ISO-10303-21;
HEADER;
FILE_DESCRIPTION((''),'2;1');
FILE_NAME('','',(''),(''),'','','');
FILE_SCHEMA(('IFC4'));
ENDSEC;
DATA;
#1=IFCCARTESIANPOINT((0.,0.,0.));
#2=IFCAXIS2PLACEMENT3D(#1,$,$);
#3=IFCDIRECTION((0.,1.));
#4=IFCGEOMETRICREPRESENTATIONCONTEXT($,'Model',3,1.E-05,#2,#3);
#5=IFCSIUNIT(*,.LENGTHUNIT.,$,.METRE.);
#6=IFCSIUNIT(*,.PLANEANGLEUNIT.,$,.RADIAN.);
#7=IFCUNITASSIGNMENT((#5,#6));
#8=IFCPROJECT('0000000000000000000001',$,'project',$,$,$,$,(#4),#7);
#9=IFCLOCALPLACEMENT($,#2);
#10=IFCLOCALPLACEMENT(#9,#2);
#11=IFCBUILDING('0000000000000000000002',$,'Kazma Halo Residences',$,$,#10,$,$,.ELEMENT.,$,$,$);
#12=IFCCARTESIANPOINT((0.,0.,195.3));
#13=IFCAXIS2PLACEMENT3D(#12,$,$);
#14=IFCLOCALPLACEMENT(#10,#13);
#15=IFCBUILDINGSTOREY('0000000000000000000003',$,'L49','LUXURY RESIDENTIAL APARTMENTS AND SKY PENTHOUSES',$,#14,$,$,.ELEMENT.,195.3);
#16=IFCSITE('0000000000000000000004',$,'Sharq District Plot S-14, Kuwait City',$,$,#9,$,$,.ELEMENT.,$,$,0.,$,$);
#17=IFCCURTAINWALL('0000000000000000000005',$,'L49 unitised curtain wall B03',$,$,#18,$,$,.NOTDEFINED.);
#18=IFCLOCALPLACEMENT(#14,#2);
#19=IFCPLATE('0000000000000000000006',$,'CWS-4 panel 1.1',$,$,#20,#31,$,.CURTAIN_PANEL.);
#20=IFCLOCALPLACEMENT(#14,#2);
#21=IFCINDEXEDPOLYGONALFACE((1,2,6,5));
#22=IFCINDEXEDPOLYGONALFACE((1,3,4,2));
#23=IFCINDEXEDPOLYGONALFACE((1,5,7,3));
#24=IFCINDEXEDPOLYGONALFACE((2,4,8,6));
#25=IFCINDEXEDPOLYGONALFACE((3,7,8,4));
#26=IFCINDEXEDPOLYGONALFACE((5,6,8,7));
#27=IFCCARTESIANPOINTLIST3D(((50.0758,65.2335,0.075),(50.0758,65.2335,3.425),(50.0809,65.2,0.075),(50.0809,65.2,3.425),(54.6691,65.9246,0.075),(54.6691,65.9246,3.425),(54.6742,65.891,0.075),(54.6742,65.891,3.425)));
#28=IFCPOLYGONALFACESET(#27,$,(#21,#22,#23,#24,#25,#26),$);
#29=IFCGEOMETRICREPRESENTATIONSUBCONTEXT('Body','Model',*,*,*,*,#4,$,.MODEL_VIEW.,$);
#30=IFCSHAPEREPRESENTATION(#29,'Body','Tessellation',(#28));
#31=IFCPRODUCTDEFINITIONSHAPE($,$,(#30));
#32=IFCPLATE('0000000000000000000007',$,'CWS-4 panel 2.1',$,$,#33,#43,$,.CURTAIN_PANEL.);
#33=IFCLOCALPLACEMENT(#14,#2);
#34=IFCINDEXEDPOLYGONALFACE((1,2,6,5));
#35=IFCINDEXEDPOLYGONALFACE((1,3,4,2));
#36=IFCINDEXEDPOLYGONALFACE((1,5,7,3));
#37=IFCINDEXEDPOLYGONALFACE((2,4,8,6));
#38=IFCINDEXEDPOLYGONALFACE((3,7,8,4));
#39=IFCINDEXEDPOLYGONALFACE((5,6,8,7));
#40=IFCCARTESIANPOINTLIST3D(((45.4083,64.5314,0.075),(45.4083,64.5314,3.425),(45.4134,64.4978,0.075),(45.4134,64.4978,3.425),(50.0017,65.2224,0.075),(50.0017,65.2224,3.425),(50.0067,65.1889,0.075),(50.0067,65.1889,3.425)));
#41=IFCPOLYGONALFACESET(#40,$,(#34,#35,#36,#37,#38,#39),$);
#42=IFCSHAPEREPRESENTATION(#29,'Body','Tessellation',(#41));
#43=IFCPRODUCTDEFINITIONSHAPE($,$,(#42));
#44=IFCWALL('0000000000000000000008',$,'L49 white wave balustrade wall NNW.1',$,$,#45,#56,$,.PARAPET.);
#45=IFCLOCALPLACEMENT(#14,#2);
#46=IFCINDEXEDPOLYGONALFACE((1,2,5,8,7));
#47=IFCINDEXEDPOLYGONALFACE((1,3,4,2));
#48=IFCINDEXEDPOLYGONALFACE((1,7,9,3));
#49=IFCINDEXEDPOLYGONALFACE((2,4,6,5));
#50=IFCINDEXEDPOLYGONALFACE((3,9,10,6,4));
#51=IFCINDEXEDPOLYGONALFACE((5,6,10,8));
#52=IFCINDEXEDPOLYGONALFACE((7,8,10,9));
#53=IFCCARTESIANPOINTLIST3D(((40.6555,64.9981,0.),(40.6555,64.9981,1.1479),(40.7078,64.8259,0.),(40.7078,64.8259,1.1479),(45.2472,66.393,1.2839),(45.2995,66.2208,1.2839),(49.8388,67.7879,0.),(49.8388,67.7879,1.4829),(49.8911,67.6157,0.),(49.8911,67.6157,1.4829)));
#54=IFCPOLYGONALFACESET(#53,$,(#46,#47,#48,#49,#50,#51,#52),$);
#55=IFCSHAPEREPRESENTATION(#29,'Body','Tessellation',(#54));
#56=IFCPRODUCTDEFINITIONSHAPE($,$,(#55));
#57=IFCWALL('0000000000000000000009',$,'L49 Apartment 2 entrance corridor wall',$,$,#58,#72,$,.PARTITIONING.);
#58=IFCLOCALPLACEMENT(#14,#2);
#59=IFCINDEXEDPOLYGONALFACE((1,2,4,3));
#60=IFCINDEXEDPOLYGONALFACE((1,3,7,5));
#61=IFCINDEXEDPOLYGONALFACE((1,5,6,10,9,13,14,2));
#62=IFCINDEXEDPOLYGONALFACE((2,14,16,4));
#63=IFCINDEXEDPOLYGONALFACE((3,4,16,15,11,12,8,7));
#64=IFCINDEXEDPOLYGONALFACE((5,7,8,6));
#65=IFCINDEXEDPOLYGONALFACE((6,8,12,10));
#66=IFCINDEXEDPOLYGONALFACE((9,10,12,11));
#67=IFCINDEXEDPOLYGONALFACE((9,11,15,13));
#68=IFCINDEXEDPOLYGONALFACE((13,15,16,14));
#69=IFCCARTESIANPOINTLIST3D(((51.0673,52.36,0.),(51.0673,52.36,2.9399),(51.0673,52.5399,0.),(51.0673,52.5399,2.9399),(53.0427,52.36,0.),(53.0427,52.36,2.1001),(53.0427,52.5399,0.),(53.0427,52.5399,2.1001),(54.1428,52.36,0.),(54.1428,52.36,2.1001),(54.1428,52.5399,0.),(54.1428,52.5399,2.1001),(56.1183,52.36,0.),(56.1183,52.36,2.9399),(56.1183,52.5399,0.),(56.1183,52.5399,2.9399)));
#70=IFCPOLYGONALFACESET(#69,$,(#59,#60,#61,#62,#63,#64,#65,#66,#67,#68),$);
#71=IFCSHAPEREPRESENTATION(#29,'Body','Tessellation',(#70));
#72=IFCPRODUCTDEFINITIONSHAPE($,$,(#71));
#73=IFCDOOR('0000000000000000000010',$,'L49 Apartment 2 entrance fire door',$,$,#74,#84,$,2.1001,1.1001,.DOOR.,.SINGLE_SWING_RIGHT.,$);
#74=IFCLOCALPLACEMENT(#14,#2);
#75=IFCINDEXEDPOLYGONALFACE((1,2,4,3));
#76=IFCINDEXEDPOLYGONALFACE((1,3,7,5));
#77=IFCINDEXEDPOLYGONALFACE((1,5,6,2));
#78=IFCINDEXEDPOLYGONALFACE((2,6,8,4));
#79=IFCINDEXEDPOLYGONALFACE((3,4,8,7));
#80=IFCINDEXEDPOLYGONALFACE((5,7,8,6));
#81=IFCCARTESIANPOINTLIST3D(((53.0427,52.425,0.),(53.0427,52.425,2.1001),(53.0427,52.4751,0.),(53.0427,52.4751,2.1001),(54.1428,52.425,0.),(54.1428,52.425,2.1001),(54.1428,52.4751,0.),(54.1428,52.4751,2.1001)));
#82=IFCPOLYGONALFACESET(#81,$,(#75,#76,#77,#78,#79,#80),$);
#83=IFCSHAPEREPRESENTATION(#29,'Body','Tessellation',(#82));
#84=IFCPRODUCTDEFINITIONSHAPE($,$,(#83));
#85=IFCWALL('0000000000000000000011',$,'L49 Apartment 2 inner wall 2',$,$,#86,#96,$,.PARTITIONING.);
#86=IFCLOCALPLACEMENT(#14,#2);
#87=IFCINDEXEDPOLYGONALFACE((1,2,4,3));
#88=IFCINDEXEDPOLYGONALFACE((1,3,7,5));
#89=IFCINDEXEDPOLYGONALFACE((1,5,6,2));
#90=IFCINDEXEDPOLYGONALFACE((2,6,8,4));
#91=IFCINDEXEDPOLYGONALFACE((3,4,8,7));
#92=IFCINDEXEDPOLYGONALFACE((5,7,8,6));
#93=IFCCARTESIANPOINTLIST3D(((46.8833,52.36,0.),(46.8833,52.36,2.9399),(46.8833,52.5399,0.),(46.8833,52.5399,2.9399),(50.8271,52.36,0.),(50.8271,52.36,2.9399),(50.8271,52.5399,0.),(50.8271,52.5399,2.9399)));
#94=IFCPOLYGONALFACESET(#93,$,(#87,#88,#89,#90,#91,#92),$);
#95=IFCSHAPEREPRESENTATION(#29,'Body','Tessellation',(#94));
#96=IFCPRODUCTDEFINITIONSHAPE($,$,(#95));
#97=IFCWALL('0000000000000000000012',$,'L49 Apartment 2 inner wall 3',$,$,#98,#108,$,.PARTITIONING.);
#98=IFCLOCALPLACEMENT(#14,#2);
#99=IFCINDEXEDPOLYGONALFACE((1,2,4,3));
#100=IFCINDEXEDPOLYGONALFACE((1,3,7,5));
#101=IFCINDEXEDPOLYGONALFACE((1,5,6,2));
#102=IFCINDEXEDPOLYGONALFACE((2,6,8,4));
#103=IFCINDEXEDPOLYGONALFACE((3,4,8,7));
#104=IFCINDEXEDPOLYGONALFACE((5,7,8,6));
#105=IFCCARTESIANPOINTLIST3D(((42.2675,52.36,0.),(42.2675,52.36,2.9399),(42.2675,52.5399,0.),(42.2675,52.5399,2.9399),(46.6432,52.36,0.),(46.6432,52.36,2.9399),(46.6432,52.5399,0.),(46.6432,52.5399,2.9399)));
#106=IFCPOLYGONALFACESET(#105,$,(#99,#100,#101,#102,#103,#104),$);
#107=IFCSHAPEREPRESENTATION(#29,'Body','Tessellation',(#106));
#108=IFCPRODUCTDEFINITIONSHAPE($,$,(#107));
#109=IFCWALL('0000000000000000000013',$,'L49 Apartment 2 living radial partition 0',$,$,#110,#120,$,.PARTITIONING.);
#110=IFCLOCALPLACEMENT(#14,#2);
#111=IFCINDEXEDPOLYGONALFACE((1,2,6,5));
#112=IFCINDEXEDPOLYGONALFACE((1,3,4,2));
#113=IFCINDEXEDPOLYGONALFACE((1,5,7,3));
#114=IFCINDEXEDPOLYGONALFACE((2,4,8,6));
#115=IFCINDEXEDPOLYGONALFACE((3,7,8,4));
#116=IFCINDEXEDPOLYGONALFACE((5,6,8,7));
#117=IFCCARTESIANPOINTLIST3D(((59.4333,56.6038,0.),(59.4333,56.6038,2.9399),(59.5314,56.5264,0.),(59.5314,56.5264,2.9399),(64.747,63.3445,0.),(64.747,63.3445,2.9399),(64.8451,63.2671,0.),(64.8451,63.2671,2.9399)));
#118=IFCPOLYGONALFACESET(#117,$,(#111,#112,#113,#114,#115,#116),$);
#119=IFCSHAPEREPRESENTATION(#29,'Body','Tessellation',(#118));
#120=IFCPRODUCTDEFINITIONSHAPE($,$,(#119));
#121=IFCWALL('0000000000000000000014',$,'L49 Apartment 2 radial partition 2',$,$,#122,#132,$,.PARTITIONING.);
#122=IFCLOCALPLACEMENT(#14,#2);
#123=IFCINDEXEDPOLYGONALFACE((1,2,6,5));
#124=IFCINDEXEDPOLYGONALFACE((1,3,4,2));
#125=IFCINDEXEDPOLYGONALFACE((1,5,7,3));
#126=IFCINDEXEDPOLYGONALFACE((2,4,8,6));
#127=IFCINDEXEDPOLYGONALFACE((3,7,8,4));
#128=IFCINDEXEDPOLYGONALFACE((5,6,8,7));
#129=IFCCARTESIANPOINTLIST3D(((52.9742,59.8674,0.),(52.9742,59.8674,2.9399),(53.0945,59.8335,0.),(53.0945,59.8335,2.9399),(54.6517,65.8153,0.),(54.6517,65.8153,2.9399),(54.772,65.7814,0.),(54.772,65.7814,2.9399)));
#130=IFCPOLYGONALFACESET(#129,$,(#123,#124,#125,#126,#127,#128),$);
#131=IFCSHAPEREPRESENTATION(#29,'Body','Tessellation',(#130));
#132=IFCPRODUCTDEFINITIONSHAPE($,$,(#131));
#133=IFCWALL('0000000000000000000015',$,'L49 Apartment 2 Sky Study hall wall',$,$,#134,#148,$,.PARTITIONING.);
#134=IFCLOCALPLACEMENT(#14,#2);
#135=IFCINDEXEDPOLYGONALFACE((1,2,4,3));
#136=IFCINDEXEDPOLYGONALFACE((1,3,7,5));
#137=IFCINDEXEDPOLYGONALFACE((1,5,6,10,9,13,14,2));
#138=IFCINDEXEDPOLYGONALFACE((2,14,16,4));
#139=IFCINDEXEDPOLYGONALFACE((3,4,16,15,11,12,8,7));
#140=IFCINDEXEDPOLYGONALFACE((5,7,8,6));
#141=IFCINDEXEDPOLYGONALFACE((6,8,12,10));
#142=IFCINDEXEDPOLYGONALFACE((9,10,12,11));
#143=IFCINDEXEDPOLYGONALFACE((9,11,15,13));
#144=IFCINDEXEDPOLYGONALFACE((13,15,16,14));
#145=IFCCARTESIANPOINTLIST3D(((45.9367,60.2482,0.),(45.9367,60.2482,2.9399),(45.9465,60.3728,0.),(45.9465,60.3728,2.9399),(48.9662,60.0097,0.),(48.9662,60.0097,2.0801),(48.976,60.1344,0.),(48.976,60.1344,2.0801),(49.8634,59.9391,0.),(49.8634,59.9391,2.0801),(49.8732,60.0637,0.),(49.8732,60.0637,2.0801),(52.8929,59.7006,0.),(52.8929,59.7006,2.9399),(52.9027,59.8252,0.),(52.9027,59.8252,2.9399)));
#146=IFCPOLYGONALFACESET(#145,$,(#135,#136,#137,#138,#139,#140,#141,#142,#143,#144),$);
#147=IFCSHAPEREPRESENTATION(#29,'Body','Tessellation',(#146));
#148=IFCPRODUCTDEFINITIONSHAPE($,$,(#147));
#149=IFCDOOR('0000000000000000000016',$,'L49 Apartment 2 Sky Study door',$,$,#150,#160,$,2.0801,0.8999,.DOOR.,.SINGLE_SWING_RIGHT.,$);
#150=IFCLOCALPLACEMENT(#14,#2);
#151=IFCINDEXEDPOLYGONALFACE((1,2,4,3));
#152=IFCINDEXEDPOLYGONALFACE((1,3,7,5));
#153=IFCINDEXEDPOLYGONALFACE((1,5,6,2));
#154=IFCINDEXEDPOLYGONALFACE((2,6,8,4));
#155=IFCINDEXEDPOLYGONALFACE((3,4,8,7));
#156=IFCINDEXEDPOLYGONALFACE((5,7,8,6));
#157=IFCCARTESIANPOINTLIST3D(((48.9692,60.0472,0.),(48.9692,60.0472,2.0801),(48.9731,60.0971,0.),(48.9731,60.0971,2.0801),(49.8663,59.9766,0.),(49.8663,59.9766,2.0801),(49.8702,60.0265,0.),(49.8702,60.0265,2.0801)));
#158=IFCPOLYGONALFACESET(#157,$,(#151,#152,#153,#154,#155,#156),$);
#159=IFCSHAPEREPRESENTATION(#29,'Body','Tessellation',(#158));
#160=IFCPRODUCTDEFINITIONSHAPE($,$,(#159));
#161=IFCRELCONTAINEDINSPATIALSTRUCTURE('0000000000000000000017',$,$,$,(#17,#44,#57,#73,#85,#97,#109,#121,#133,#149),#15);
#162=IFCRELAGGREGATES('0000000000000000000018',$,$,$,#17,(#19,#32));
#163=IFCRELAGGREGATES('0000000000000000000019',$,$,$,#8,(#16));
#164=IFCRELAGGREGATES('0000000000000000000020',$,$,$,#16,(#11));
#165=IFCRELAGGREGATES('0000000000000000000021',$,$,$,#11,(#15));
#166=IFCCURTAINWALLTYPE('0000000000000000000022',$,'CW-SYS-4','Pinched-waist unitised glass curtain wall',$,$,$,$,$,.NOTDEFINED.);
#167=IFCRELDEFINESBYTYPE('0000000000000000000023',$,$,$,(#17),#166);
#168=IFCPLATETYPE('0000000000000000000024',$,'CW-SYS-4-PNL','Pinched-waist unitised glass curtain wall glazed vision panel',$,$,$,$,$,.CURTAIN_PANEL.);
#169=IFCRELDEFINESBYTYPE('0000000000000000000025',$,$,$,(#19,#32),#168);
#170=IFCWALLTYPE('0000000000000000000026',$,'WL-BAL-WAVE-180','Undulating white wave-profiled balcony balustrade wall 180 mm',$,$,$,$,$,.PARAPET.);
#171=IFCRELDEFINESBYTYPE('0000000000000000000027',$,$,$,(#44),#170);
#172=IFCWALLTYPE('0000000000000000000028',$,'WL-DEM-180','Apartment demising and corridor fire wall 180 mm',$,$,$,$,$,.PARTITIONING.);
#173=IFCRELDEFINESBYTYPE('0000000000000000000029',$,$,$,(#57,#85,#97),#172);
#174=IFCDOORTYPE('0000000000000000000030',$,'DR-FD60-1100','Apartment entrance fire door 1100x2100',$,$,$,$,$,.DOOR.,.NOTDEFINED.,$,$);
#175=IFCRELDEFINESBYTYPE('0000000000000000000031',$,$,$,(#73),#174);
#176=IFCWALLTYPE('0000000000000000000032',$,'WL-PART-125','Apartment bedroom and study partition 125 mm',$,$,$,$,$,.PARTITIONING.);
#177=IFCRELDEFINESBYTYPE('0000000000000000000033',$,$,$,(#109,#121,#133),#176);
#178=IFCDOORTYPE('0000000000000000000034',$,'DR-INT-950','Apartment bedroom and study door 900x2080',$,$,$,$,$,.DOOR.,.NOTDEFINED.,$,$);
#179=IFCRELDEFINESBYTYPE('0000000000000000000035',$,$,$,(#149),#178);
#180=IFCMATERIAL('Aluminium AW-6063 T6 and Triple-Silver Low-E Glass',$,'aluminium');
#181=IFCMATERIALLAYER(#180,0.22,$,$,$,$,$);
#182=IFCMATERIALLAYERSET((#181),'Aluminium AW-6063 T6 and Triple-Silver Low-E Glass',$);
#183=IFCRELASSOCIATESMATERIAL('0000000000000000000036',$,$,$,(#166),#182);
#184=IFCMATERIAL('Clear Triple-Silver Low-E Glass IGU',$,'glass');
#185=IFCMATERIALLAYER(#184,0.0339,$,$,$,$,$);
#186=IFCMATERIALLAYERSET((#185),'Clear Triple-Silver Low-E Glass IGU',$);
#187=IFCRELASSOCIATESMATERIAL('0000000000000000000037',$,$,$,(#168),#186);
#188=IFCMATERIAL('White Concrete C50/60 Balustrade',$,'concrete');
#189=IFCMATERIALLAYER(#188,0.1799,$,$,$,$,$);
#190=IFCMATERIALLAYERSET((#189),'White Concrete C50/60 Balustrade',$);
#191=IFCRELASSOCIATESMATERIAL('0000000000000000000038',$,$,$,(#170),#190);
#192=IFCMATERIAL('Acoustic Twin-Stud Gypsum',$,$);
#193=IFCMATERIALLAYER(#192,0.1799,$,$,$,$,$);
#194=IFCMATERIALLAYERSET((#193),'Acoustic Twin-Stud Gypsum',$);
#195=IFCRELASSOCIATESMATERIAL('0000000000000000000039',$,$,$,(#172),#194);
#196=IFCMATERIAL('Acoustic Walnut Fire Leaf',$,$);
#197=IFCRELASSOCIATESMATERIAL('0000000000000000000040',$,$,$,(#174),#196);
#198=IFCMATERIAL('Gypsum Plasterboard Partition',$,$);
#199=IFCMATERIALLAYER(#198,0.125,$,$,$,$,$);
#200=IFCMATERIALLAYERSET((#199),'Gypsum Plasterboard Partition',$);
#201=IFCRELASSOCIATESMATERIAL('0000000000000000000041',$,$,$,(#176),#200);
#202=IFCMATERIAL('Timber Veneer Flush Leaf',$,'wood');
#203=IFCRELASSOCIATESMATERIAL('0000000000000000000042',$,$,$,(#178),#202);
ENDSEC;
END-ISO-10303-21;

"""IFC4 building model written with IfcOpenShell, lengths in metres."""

from ifc_helpers import new_model, si_unit, direction, frame, frame_2d, origin, origin_2d, place, context, subcontext, project, spatial, polyline, rectangle, outline, extrude, material, layer, layer_set, type_object, element, fill, aggregate, save


model = new_model("IFC4")

# Units and contexts
model_context = context("Model", 3, precision=1e-05, world=origin(), true_north=direction((0.0, 1.0)))
body_context = subcontext(model_context, "Body", "Model", "MODEL_VIEW")
ifc_project = project(units=[si_unit("LENGTHUNIT", "METRE"), si_unit("PLANEANGLEUNIT", "RADIAN")], contexts=[model_context])

# Site, building, storey
site_placement = place(None, origin())
site = spatial("IfcSite", under=ifc_project, at=site_placement, Name="Sharq District Plot S-14, Kuwait City", CompositionType="ELEMENT", RefElevation=0.0)
building_placement = place(site_placement, origin())
building = spatial("IfcBuilding", under=site, at=building_placement, Name="Kazma Halo Residences", CompositionType="ELEMENT")
storey_placement = place(building_placement, frame((0.0, 0.0, 195.3)))
storey = spatial("IfcBuildingStorey", under=building, at=storey_placement, Name="L49", Description="LUXURY RESIDENTIAL APARTMENTS AND SKY PENTHOUSES", CompositionType="ELEMENT", Elevation=195.3)

# Curtain wall, plates
ifc_material_1 = material(Name="Aluminium AW-6063 T6 and Triple-Silver Low-E Glass", Category="aluminium")
ifc_layer_1 = layer(ifc_material_1, 0.22)
ifc_layer_set_1 = layer_set([ifc_layer_1], Name="Aluminium AW-6063 T6 and Triple-Silver Low-E Glass")
curtain_wall_type = type_object("IfcCurtainWallType", Name="CW-SYS-4", Description="Pinched-waist unitised glass curtain wall", PredefinedType="NOTDEFINED", material=ifc_layer_set_1)
curtain_wall_placement = place(storey_placement, origin())
curtain_wall = element("IfcCurtainWall", 1, at=curtain_wall_placement, inside=storey, type_object=curtain_wall_type, Name="L49 unitised curtain wall B03", PredefinedType="NOTDEFINED")
ifc_material_2 = material(Name="Clear Triple-Silver Low-E Glass IGU", Category="glass")
ifc_layer_2 = layer(ifc_material_2, 0.0339)
ifc_layer_set_2 = layer_set([ifc_layer_2], Name="Clear Triple-Silver Low-E Glass IGU")
plate_type = type_object("IfcPlateType", Name="CW-SYS-4-PNL", Description="Pinched-waist unitised glass curtain wall glazed vision panel", PredefinedType="CURTAIN_PANEL", material=ifc_layer_set_2)
plate_1_placement = place(storey_placement, frame((52.375, 65.5623, 0.075), z_axis=(0.0, 0.0, 1.0), x_axis=(-0.988871, -0.148773, 0.0)))
plate_1 = element("IfcPlate", 2, at=plate_1_placement, type_object=plate_type, Name="CWS-4 panel 1.1", PredefinedType="CURTAIN_PANEL", context=body_context, shape_type="SweptSolid", body=[
    extrude(rectangle(XDim=4.645, YDim=0.0339, at=origin_2d()), origin(), (0.0, 0.0, 1.0), 3.3501),
])
plate_2_placement = place(storey_placement, frame((47.7075, 64.8601, 0.075), z_axis=(0.0, 0.0, 1.0), x_axis=(-0.988871, -0.148773, 0.0)))
plate_2 = element("IfcPlate", 3, at=plate_2_placement, type_object=plate_type, Name="CWS-4 panel 2.1", PredefinedType="CURTAIN_PANEL", context=body_context, shape_type="SweptSolid", body=[
    extrude(rectangle(XDim=4.645, YDim=0.0339, at=origin_2d()), origin(), (0.0, 0.0, 1.0), 3.3501),
])
aggregate(curtain_wall, [plate_1, plate_2])

# Wall
ifc_material_3 = material(Name="White Concrete C50/60 Balustrade", Category="concrete")
ifc_layer_3 = layer(ifc_material_3, 0.1799)
ifc_layer_set_3 = layer_set([ifc_layer_3], Name="White Concrete C50/60 Balustrade")
wall_type_1 = type_object("IfcWallType", Name="WL-BAL-WAVE-180", Description="Undulating white wave-profiled balcony balustrade wall 180 mm", PredefinedType="PARAPET", material=ifc_layer_set_3)
wall_1_placement = place(storey_placement, frame((49.865, 67.7017, 0.0), z_axis=(0.0, 0.0, 1.0), x_axis=(-0.956823, -0.290672, 0.0)))
element("IfcWall", 4, at=wall_1_placement, inside=storey, type_object=wall_type_1, Name="L49 white wave balustrade wall NNW.1", PredefinedType="PARAPET", context=body_context, shape_type="SweptSolid", body=[
    extrude(outline(polyline([(0.0, 0.0), (9.5977, 0.0), (9.5977, 1.1479), (4.7988, 1.2839), (0.0, 1.4829), (0.0, 0.0)])), frame((0.0, 0.0898, 0.0), z_axis=(0.0, -1.0, 0.0), x_axis=(1.0, 0.0, 0.0)), (0.0, 0.0, 1.0), 0.1799),
])

# Wall, opening, door
ifc_material_4 = material(Name="Acoustic Twin-Stud Gypsum")
ifc_layer_4 = layer(ifc_material_4, 0.1799)
ifc_layer_set_4 = layer_set([ifc_layer_4], Name="Acoustic Twin-Stud Gypsum")
wall_type_2 = type_object("IfcWallType", Name="WL-DEM-180", Description="Apartment demising and corridor fire wall 180 mm", PredefinedType="PARTITIONING", material=ifc_layer_set_4)
wall_2_placement = place(storey_placement, frame((56.1182, 52.45, 0.0), z_axis=(0.0, 0.0, 1.0), x_axis=(-1.0, 0.0, 0.0)))
wall_2 = element("IfcWall", 5, at=wall_2_placement, inside=storey, type_object=wall_type_2, Name="L49 Apartment 2 entrance corridor wall", PredefinedType="PARTITIONING", context=body_context, shape_type="SweptSolid", body=[
    extrude(rectangle(XDim=5.051, YDim=0.1799, at=frame_2d((2.5254, 0.0))), origin(), (0.0, 0.0, 1.0), 2.9399),
])
opening_1_placement = place(wall_2_placement, frame((1.9753, 0.0, 0.0)))
opening_1 = element("IfcOpeningElement", 6, at=opening_1_placement, cuts=wall_2, PredefinedType="OPENING", context=body_context, shape_type="SweptSolid", body=[
    extrude(rectangle(XDim=1.1001, YDim=2.1001, at=frame_2d((0.55, 1.05))), frame((0.0, 0.0999, 0.0), z_axis=(0.0, -1.0, 0.0), x_axis=(1.0, 0.0, 0.0)), (0.0, 0.0, 1.0), 0.2),
])
ifc_material_5 = material(Name="Acoustic Walnut Fire Leaf")
door_type_1 = type_object("IfcDoorType", Name="DR-FD60-1100", Description="Apartment entrance fire door 1100x2100", OperationType="NOTDEFINED", PredefinedType="DOOR", material=ifc_material_5)
door_1_placement = place(opening_1_placement, origin())
door_1 = element("IfcDoor", 7, at=door_1_placement, inside=storey, type_object=door_type_1, Name="L49 Apartment 2 entrance fire door", OperationType="SINGLE_SWING_RIGHT", OverallHeight=2.1001, OverallWidth=1.1001, PredefinedType="DOOR", context=body_context, shape_type="SweptSolid", body=[
    extrude(rectangle(XDim=1.1001, YDim=2.1001, at=frame_2d((0.55, 1.05))), frame((0.0, 0.0249, 0.0), z_axis=(0.0, -1.0, 0.0), x_axis=(1.0, 0.0, 0.0)), (0.0, 0.0, 1.0), 0.05),
])
fill(opening_1, door_1)

# Walls
wall_3_placement = place(storey_placement, frame((50.8271, 52.45, 0.0), z_axis=(0.0, 0.0, 1.0), x_axis=(-1.0, 0.0, 0.0)))
element("IfcWall", 8, at=wall_3_placement, inside=storey, type_object=wall_type_2, Name="L49 Apartment 2 inner wall 2", PredefinedType="PARTITIONING", context=body_context, shape_type="SweptSolid", body=[
    extrude(rectangle(XDim=3.9438, YDim=0.1799, at=frame_2d((1.9719, 0.0))), origin(), (0.0, 0.0, 1.0), 2.9399),
])
wall_4_placement = place(storey_placement, frame((46.6433, 52.45, 0.0), z_axis=(0.0, 0.0, 1.0), x_axis=(-1.0, 0.0, 0.0)))
element("IfcWall", 9, at=wall_4_placement, inside=storey, type_object=wall_type_2, Name="L49 Apartment 2 inner wall 3", PredefinedType="PARTITIONING", context=body_context, shape_type="SweptSolid", body=[
    extrude(rectangle(XDim=4.3757, YDim=0.1799, at=frame_2d((2.188, 0.0))), origin(), (0.0, 0.0, 1.0), 2.9399),
])
ifc_material_6 = material(Name="Gypsum Plasterboard Partition")
ifc_layer_5 = layer(ifc_material_6, 0.125)
ifc_layer_set_5 = layer_set([ifc_layer_5], Name="Gypsum Plasterboard Partition")
wall_type_3 = type_object("IfcWallType", Name="WL-PART-125", Description="Apartment bedroom and study partition 125 mm", PredefinedType="PARTITIONING", material=ifc_layer_set_5)
wall_5_placement = place(storey_placement, frame((59.4824, 56.5652, 0.0), z_axis=(0.0, 0.0, 1.0), x_axis=(0.619077, 0.78533, 0.0)))
element("IfcWall", 10, at=wall_5_placement, inside=storey, type_object=wall_type_3, Name="L49 Apartment 2 living radial partition 0", PredefinedType="PARTITIONING", context=body_context, shape_type="SweptSolid", body=[
    extrude(rectangle(XDim=8.5833, YDim=0.125, at=frame_2d((4.2915, 0.0))), origin(), (0.0, 0.0, 1.0), 2.9399),
])
wall_6_placement = place(storey_placement, frame((53.0344, 59.8506, 0.0), z_axis=(0.0, 0.0, 1.0), x_axis=(0.271438, 0.962456, 0.0)))
element("IfcWall", 11, at=wall_6_placement, inside=storey, type_object=wall_type_3, Name="L49 Apartment 2 radial partition 2", PredefinedType="PARTITIONING", context=body_context, shape_type="SweptSolid", body=[
    extrude(rectangle(XDim=6.1799, YDim=0.125, at=frame_2d((3.0898, 0.0))), origin(), (0.0, 0.0, 1.0), 2.9399),
])

# Wall, opening, door
wall_7_placement = place(storey_placement, frame((52.8977, 59.7629, 0.0), z_axis=(0.0, 0.0, 1.0), x_axis=(-0.996916, 0.078478, 0.0)))
wall_7 = element("IfcWall", 12, at=wall_7_placement, inside=storey, type_object=wall_type_3, Name="L49 Apartment 2 Sky Study hall wall", PredefinedType="PARTITIONING", context=body_context, shape_type="SweptSolid", body=[
    extrude(rectangle(XDim=6.9778, YDim=0.125, at=frame_2d((3.4888, 0.0))), origin(), (0.0, 0.0, 1.0), 2.9399),
])
opening_2_placement = place(wall_7_placement, frame((3.0388, 0.0, 0.0)))
opening_2 = element("IfcOpeningElement", 13, at=opening_2_placement, cuts=wall_7, PredefinedType="OPENING", context=body_context, shape_type="SweptSolid", body=[
    extrude(rectangle(XDim=0.8999, YDim=2.0801, at=frame_2d((0.45, 1.04))), frame((0.0, 0.0725, 0.0), z_axis=(0.0, -1.0, 0.0), x_axis=(1.0, 0.0, 0.0)), (0.0, 0.0, 1.0), 0.145),
])
ifc_material_7 = material(Name="Timber Veneer Flush Leaf", Category="wood")
door_type_2 = type_object("IfcDoorType", Name="DR-INT-950", Description="Apartment bedroom and study door 900x2080", OperationType="NOTDEFINED", PredefinedType="DOOR", material=ifc_material_7)
door_2_placement = place(opening_2_placement, origin())
door_2 = element("IfcDoor", 14, at=door_2_placement, inside=storey, type_object=door_type_2, Name="L49 Apartment 2 Sky Study door", OperationType="SINGLE_SWING_RIGHT", OverallHeight=2.0801, OverallWidth=0.8999, PredefinedType="DOOR", context=body_context, shape_type="SweptSolid", body=[
    extrude(rectangle(XDim=0.8999, YDim=2.0801, at=frame_2d((0.45, 1.04))), frame((0.0, 0.0249, 0.0), z_axis=(0.0, -1.0, 0.0), x_axis=(1.0, 0.0, 0.0)), (0.0, 0.0, 1.0), 0.05),
])
fill(opening_2, door_2)

save(model, "model.ifc")
